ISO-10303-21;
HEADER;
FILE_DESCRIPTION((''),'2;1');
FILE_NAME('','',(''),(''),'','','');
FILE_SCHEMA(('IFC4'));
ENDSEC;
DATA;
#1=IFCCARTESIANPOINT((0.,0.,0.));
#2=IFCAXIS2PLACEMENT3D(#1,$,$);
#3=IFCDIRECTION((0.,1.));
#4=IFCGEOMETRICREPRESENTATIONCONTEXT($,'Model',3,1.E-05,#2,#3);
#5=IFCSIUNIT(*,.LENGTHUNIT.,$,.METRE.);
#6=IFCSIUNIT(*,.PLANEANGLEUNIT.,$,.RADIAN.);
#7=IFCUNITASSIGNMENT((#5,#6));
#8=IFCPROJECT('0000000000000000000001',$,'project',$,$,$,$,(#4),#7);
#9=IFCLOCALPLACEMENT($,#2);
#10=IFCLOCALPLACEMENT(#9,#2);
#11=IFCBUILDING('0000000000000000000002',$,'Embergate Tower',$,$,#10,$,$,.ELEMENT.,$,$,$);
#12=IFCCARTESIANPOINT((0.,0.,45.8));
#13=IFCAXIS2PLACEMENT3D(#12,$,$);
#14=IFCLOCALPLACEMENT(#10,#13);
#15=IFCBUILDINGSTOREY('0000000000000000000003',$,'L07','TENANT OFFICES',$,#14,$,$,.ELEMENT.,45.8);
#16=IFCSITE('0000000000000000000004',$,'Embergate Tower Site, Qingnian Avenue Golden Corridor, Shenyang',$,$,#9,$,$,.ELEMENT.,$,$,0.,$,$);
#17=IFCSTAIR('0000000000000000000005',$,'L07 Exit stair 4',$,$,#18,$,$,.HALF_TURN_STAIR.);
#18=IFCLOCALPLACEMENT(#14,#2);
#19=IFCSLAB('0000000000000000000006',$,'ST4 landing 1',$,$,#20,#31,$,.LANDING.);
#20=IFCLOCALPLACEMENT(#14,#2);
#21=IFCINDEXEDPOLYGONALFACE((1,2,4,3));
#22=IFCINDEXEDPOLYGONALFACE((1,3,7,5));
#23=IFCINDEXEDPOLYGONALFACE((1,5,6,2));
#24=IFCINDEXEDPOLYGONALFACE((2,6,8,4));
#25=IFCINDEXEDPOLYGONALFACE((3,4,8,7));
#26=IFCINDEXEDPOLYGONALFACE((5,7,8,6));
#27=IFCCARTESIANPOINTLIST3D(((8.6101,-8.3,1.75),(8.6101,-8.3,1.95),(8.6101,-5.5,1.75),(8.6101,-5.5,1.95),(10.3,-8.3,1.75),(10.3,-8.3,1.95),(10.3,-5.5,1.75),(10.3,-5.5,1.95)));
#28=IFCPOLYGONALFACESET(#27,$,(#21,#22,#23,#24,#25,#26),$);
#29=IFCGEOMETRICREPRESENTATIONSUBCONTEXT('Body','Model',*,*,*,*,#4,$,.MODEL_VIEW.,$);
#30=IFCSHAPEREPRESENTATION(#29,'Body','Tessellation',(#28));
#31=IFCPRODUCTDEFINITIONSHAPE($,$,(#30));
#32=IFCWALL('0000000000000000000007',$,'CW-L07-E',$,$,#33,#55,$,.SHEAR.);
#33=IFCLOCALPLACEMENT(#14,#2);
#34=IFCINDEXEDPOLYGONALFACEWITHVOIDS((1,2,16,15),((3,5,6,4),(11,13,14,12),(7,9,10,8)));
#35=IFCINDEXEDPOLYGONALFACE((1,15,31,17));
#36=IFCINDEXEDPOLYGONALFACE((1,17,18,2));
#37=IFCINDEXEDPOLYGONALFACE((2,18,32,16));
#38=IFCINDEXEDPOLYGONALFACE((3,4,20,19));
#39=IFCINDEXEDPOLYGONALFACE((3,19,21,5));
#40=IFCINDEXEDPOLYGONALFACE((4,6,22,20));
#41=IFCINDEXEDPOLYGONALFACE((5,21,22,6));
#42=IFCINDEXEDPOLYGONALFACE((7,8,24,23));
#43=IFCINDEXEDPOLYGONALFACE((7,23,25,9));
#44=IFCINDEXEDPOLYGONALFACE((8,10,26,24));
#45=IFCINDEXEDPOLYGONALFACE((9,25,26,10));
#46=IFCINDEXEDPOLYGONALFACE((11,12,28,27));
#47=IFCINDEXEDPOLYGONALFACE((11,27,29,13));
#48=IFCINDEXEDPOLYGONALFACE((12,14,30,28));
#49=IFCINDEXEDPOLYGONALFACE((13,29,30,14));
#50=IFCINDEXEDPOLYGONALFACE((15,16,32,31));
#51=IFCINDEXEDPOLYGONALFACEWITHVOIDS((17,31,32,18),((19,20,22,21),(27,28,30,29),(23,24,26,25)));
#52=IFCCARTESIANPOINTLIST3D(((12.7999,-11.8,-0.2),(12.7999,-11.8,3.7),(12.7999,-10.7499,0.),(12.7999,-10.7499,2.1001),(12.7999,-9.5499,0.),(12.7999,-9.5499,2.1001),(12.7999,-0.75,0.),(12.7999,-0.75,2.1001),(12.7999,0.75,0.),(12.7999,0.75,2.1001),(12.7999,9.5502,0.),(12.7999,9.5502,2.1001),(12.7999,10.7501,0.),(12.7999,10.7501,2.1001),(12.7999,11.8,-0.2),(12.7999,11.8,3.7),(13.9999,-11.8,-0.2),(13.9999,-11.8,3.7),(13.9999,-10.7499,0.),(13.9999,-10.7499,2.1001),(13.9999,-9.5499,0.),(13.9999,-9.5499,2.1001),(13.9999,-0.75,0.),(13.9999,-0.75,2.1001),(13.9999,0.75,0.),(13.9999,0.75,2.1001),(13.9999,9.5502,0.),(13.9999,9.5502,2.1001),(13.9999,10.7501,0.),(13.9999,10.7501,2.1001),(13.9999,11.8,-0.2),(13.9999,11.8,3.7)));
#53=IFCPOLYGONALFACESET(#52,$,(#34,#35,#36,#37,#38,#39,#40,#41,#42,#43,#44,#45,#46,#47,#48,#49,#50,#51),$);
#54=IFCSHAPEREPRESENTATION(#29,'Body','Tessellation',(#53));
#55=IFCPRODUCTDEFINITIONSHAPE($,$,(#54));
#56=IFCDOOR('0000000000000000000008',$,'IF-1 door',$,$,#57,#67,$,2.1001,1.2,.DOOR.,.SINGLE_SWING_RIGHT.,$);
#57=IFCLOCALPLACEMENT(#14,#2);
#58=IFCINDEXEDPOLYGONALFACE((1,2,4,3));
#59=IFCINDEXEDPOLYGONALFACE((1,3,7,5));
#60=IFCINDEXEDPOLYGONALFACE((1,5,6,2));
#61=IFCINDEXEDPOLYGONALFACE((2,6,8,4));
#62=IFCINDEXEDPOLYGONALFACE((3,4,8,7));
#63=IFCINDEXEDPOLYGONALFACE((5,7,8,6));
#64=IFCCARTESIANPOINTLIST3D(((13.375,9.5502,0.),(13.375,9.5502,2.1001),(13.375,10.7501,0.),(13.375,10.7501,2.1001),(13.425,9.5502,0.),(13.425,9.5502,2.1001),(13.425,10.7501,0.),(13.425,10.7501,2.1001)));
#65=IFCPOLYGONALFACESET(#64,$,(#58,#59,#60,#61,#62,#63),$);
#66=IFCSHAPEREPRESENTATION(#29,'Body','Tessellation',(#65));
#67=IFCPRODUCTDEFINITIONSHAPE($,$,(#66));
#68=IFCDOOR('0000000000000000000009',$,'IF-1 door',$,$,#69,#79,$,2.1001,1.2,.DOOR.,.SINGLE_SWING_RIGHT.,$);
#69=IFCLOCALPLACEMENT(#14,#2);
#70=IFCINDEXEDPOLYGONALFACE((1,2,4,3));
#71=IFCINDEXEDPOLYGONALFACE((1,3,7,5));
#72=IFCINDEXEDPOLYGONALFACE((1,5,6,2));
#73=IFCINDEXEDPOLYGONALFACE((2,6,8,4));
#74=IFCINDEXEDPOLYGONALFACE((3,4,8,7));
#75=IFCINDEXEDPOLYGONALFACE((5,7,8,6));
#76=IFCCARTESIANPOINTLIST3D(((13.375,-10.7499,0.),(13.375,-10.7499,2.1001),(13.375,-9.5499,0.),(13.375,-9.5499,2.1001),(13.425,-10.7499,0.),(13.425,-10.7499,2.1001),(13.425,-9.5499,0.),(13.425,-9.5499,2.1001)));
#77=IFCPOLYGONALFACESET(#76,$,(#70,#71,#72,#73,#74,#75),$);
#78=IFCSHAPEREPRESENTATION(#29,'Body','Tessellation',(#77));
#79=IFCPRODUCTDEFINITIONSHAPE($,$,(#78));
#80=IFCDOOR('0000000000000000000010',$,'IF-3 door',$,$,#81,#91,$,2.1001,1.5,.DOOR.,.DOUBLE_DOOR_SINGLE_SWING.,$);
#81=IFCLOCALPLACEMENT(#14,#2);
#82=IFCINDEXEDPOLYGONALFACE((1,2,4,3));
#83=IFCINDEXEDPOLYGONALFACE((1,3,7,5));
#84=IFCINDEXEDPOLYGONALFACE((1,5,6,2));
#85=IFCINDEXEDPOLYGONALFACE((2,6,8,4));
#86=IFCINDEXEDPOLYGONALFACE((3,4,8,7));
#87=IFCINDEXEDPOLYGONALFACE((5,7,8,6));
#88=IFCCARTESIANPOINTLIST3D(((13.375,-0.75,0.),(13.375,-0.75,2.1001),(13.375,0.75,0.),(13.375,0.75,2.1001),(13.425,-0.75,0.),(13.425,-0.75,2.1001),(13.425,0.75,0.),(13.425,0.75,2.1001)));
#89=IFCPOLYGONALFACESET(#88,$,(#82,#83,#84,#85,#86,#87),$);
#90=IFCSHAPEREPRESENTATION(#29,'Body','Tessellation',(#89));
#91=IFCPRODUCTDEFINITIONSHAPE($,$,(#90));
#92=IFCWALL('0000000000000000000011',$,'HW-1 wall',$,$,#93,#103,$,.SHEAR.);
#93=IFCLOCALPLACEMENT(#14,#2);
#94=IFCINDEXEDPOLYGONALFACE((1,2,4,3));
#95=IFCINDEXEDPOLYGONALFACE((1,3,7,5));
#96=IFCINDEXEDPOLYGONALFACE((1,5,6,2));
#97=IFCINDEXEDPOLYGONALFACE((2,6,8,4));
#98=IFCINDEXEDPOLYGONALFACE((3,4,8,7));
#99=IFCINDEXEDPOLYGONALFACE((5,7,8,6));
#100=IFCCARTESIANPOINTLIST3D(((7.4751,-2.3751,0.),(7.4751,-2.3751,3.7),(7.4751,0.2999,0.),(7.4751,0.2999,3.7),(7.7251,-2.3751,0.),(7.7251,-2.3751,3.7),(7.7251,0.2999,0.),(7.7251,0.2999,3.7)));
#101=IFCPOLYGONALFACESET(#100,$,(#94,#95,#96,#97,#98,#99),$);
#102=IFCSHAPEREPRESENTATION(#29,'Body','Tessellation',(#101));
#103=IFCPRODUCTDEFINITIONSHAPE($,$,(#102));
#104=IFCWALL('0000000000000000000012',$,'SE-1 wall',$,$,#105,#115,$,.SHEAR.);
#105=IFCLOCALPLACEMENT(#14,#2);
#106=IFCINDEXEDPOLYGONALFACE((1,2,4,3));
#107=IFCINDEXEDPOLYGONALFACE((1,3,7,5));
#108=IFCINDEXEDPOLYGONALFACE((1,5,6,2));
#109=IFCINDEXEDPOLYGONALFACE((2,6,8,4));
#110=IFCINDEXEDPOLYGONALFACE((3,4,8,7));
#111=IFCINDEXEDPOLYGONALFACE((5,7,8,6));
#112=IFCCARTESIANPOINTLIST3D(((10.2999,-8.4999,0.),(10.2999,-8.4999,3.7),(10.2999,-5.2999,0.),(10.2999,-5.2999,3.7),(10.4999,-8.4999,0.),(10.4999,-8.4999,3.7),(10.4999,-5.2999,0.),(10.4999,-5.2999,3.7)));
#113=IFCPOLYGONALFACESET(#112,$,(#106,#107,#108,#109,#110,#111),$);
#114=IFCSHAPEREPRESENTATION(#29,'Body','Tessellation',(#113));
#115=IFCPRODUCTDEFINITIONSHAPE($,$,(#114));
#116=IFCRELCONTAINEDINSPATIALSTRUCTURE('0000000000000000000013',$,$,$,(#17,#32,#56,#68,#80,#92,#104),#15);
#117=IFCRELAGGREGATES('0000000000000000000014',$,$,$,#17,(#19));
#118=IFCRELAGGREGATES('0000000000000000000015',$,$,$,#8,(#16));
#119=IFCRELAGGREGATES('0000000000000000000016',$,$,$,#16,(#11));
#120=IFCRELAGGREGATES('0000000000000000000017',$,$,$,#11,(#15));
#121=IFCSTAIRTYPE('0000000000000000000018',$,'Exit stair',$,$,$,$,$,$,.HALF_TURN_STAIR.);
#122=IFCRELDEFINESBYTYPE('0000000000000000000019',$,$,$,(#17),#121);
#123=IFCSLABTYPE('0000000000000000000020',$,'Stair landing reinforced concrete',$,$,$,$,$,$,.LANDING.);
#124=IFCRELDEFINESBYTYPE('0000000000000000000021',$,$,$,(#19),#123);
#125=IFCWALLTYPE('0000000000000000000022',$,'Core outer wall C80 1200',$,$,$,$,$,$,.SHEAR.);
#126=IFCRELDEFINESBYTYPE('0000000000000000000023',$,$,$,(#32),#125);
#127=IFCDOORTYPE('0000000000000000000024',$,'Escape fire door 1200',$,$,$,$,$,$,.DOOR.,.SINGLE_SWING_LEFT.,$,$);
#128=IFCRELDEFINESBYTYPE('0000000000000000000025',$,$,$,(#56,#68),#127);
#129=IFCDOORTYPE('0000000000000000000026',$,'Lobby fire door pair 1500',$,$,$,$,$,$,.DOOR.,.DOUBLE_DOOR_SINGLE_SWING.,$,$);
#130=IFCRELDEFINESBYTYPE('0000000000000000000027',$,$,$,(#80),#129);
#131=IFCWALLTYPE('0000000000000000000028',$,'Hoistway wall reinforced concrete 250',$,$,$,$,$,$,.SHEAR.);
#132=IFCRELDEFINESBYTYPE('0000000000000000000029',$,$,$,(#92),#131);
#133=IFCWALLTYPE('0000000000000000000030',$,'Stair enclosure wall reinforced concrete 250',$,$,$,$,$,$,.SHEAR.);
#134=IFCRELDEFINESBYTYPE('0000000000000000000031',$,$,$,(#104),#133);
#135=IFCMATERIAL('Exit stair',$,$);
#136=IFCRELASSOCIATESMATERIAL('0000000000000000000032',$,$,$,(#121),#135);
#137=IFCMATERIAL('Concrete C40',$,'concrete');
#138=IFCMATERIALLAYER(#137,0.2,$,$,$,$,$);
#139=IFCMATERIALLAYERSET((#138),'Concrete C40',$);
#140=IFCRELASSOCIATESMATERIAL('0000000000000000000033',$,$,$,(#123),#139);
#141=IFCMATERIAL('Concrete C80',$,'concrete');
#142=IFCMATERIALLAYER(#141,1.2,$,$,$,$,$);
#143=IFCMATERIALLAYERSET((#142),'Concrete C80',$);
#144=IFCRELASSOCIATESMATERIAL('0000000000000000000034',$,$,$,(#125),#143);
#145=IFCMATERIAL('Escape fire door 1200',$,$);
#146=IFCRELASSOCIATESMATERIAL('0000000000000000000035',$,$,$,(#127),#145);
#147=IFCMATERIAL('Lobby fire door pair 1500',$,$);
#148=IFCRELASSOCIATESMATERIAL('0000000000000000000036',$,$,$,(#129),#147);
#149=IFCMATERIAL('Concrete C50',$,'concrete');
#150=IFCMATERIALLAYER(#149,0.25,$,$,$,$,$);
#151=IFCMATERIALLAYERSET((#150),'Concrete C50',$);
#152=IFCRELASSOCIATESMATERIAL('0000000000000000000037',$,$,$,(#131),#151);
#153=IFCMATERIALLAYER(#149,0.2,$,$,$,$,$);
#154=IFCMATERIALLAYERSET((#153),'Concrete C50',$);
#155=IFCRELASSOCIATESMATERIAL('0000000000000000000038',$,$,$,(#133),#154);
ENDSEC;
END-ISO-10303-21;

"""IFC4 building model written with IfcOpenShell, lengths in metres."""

from ifc_helpers import new_model, si_unit, direction, frame, frame_2d, origin, place, context, subcontext, project, spatial, polyline, rectangle, outline, extrude, source, transform, mapped, material, layer, layer_set, type_object, element, fill, aggregate, save


model = new_model("IFC4")

# Units and contexts
model_context = context("Model", 3, precision=1e-05, world=origin(), true_north=direction((0.0, 1.0)))
body_context = subcontext(model_context, "Body", "Model", "MODEL_VIEW")
ifc_project = project(units=[si_unit("LENGTHUNIT", "METRE"), si_unit("PLANEANGLEUNIT", "RADIAN")], contexts=[model_context])

# Site, building, storey
site_placement = place(None, origin())
site = spatial("IfcSite", under=ifc_project, at=site_placement, Name="Embergate Tower Site, Qingnian Avenue Golden Corridor, Shenyang", CompositionType="ELEMENT", RefElevation=0.0)
building_placement = place(site_placement, origin())
building = spatial("IfcBuilding", under=site, at=building_placement, Name="Embergate Tower", CompositionType="ELEMENT")
storey_placement = place(building_placement, frame((0.0, 0.0, 45.8)))
storey = spatial("IfcBuildingStorey", under=building, at=storey_placement, Name="L07", Description="TENANT OFFICES", CompositionType="ELEMENT", Elevation=45.8)

# Stair, slab
ifc_material_1 = material(Name="Exit stair")
stair_type = type_object("IfcStairType", Name="Exit stair", PredefinedType="HALF_TURN_STAIR", material=ifc_material_1)
stair_placement = place(storey_placement, origin())
stair = element("IfcStair", 1, at=stair_placement, inside=storey, type_object=stair_type, Name="L07 Exit stair 4", PredefinedType="HALF_TURN_STAIR")
ifc_material_2 = material(Name="Concrete C40", Category="concrete")
ifc_layer_1 = layer(ifc_material_2, 0.2)
ifc_layer_set_1 = layer_set([ifc_layer_1], Name="Concrete C40")
slab_type = type_object("IfcSlabType", Name="Stair landing reinforced concrete", PredefinedType="LANDING", material=ifc_layer_set_1)
shared_shape_1 = source(origin(), body_context, "Body", "SweptSolid", [
    extrude(outline(polyline([(0.0, 0.0), (1.6899, 0.0), (1.6899, 2.8), (0.0, 2.8), (0.0, 0.0)])), origin(), (0.0, 0.0, 1.0), 0.2),
])
slab_placement = place(storey_placement, frame((8.6101, -8.3, 1.75)))
slab = element("IfcSlab", 2, at=slab_placement, type_object=slab_type, Name="ST4 landing 1", PredefinedType="LANDING", context=body_context, shape_type="MappedRepresentation", body=[
    mapped(shared_shape_1, transform((0.0, 0.0, 0.0))),
])

# Wall, openings, doors
ifc_material_3 = material(Name="Concrete C80", Category="concrete")
ifc_layer_2 = layer(ifc_material_3, 1.2)
ifc_layer_set_2 = layer_set([ifc_layer_2], Name="Concrete C80")
wall_type_1 = type_object("IfcWallType", Name="Core outer wall C80 1200", PredefinedType="SHEAR", material=ifc_layer_set_2)
shared_shape_2 = source(origin(), body_context, "Body", "SweptSolid", [
    extrude(rectangle(XDim=23.6001, YDim=1.2, at=frame_2d((11.8, 0.0))), origin(), (0.0, 0.0, 1.0), 3.8999),
])
wall_1_placement = place(storey_placement, frame((13.3999, -11.8, -0.2), z_axis=(0.0, 0.0, 1.0), x_axis=(0.0, 1.0, 0.0)))
wall_1 = element("IfcWall", 3, at=wall_1_placement, inside=storey, type_object=wall_type_1, Name="CW-L07-E", PredefinedType="SHEAR", context=body_context, shape_type="MappedRepresentation", body=[
    mapped(shared_shape_2, transform((0.0, 0.0, 0.0))),
])
shared_shape_3 = source(origin(), body_context, "Body", "SweptSolid", [
    extrude(rectangle(XDim=1.2, YDim=2.1001, at=frame_2d((0.6001, 1.05))), frame((0.0, 0.6099, 0.0), z_axis=(0.0, -1.0, 0.0), x_axis=(1.0, 0.0, 0.0)), (0.0, 0.0, 1.0), 1.22),
])
opening_1_placement = place(wall_1_placement, frame((21.3501, 0.0, 0.2)))
opening_1 = element("IfcOpeningElement", 4, at=opening_1_placement, cuts=wall_1, PredefinedType="OPENING", context=body_context, shape_type="MappedRepresentation", body=[
    mapped(shared_shape_3, transform((0.0, 0.0, 0.0))),
])
opening_2_placement = place(wall_1_placement, frame((1.05, 0.0, 0.2)))
opening_2 = element("IfcOpeningElement", 5, at=opening_2_placement, cuts=wall_1, PredefinedType="OPENING", context=body_context, shape_type="MappedRepresentation", body=[
    mapped(shared_shape_3, transform((0.0, 0.0, 0.0))),
])
shared_shape_4 = source(origin(), body_context, "Body", "SweptSolid", [
    extrude(rectangle(XDim=1.5, YDim=2.1001, at=frame_2d((0.75, 1.05))), frame((0.0, 0.6099, 0.0), z_axis=(0.0, -1.0, 0.0), x_axis=(1.0, 0.0, 0.0)), (0.0, 0.0, 1.0), 1.22),
])
opening_3_placement = place(wall_1_placement, frame((11.05, 0.0, 0.2)))
opening_3 = element("IfcOpeningElement", 6, at=opening_3_placement, cuts=wall_1, PredefinedType="OPENING", context=body_context, shape_type="MappedRepresentation", body=[
    mapped(shared_shape_4, transform((0.0, 0.0, 0.0))),
])
ifc_material_4 = material(Name="Escape fire door 1200")
door_type_1 = type_object("IfcDoorType", Name="Escape fire door 1200", OperationType="SINGLE_SWING_LEFT", PredefinedType="DOOR", material=ifc_material_4)
shared_shape_5 = source(origin(), body_context, "Body", "SweptSolid", [
    extrude(rectangle(XDim=1.2, YDim=2.1001, at=frame_2d((0.6001, 1.05))), frame((0.0, 0.0249, 0.0), z_axis=(0.0, -1.0, 0.0), x_axis=(1.0, 0.0, 0.0)), (0.0, 0.0, 1.0), 0.05),
])
door_1_placement = place(opening_1_placement, origin())
door_1 = element("IfcDoor", 7, at=door_1_placement, inside=storey, type_object=door_type_1, Name="IF-1 door", OperationType="SINGLE_SWING_RIGHT", OverallHeight=2.1001, OverallWidth=1.2, PredefinedType="DOOR", context=body_context, shape_type="MappedRepresentation", body=[
    mapped(shared_shape_5, transform((0.0, 0.0, 0.0))),
])
fill(opening_1, door_1)
door_2_placement = place(opening_2_placement, origin())
door_2 = element("IfcDoor", 8, at=door_2_placement, inside=storey, type_object=door_type_1, Name="IF-1 door", OperationType="SINGLE_SWING_RIGHT", OverallHeight=2.1001, OverallWidth=1.2, PredefinedType="DOOR", context=body_context, shape_type="MappedRepresentation", body=[
    mapped(shared_shape_5, transform((0.0, 0.0, 0.0))),
])
fill(opening_2, door_2)
ifc_material_5 = material(Name="Lobby fire door pair 1500")
door_type_2 = type_object("IfcDoorType", Name="Lobby fire door pair 1500", OperationType="DOUBLE_DOOR_SINGLE_SWING", PredefinedType="DOOR", material=ifc_material_5)
shared_shape_6 = source(origin(), body_context, "Body", "SweptSolid", [
    extrude(rectangle(XDim=1.5, YDim=2.1001, at=frame_2d((0.75, 1.05))), frame((0.0, 0.0249, 0.0), z_axis=(0.0, -1.0, 0.0), x_axis=(1.0, 0.0, 0.0)), (0.0, 0.0, 1.0), 0.05),
])
door_3_placement = place(opening_3_placement, origin())
door_3 = element("IfcDoor", 9, at=door_3_placement, inside=storey, type_object=door_type_2, Name="IF-3 door", OperationType="DOUBLE_DOOR_SINGLE_SWING", OverallHeight=2.1001, OverallWidth=1.5, PredefinedType="DOOR", context=body_context, shape_type="MappedRepresentation", body=[
    mapped(shared_shape_6, transform((0.0, 0.0, 0.0))),
])
fill(opening_3, door_3)

# Walls
ifc_material_6 = material(Name="Concrete C50", Category="concrete")
ifc_layer_3 = layer(ifc_material_6, 0.25)
ifc_layer_set_3 = layer_set([ifc_layer_3], Name="Concrete C50")
wall_type_2 = type_object("IfcWallType", Name="Hoistway wall reinforced concrete 250", PredefinedType="SHEAR", material=ifc_layer_set_3)
shared_shape_7 = source(origin(), body_context, "Body", "SweptSolid", [
    extrude(rectangle(XDim=2.675, YDim=0.25, at=frame_2d((1.3374, 0.0))), origin(), (0.0, 0.0, 1.0), 3.7),
])
wall_2_placement = place(storey_placement, frame((7.6001, -2.375, 0.0), z_axis=(0.0, 0.0, 1.0), x_axis=(0.0, 1.0, 0.0)))
element("IfcWall", 10, at=wall_2_placement, inside=storey, type_object=wall_type_2, Name="HW-1 wall", PredefinedType="SHEAR", context=body_context, shape_type="MappedRepresentation", body=[
    mapped(shared_shape_7, transform((0.0, 0.0, 0.0))),
])
ifc_layer_4 = layer(ifc_material_6, 0.2)
ifc_layer_set_4 = layer_set([ifc_layer_4], Name="Concrete C50")
wall_type_3 = type_object("IfcWallType", Name="Stair enclosure wall reinforced concrete 250", PredefinedType="SHEAR", material=ifc_layer_set_4)
shared_shape_8 = source(origin(), body_context, "Body", "SweptSolid", [
    extrude(rectangle(XDim=3.2, YDim=0.2, at=frame_2d((1.6001, 0.0))), origin(), (0.0, 0.0, 1.0), 3.7),
])
wall_3_placement = place(storey_placement, frame((10.3999, -8.5, 0.0), z_axis=(0.0, 0.0, 1.0), x_axis=(0.0, 1.0, 0.0)))
element("IfcWall", 11, at=wall_3_placement, inside=storey, type_object=wall_type_3, Name="SE-1 wall", PredefinedType="SHEAR", context=body_context, shape_type="MappedRepresentation", body=[
    mapped(shared_shape_8, transform((0.0, 0.0, 0.0))),
])

aggregate(stair, [slab])

save(model, "model.ifc")
